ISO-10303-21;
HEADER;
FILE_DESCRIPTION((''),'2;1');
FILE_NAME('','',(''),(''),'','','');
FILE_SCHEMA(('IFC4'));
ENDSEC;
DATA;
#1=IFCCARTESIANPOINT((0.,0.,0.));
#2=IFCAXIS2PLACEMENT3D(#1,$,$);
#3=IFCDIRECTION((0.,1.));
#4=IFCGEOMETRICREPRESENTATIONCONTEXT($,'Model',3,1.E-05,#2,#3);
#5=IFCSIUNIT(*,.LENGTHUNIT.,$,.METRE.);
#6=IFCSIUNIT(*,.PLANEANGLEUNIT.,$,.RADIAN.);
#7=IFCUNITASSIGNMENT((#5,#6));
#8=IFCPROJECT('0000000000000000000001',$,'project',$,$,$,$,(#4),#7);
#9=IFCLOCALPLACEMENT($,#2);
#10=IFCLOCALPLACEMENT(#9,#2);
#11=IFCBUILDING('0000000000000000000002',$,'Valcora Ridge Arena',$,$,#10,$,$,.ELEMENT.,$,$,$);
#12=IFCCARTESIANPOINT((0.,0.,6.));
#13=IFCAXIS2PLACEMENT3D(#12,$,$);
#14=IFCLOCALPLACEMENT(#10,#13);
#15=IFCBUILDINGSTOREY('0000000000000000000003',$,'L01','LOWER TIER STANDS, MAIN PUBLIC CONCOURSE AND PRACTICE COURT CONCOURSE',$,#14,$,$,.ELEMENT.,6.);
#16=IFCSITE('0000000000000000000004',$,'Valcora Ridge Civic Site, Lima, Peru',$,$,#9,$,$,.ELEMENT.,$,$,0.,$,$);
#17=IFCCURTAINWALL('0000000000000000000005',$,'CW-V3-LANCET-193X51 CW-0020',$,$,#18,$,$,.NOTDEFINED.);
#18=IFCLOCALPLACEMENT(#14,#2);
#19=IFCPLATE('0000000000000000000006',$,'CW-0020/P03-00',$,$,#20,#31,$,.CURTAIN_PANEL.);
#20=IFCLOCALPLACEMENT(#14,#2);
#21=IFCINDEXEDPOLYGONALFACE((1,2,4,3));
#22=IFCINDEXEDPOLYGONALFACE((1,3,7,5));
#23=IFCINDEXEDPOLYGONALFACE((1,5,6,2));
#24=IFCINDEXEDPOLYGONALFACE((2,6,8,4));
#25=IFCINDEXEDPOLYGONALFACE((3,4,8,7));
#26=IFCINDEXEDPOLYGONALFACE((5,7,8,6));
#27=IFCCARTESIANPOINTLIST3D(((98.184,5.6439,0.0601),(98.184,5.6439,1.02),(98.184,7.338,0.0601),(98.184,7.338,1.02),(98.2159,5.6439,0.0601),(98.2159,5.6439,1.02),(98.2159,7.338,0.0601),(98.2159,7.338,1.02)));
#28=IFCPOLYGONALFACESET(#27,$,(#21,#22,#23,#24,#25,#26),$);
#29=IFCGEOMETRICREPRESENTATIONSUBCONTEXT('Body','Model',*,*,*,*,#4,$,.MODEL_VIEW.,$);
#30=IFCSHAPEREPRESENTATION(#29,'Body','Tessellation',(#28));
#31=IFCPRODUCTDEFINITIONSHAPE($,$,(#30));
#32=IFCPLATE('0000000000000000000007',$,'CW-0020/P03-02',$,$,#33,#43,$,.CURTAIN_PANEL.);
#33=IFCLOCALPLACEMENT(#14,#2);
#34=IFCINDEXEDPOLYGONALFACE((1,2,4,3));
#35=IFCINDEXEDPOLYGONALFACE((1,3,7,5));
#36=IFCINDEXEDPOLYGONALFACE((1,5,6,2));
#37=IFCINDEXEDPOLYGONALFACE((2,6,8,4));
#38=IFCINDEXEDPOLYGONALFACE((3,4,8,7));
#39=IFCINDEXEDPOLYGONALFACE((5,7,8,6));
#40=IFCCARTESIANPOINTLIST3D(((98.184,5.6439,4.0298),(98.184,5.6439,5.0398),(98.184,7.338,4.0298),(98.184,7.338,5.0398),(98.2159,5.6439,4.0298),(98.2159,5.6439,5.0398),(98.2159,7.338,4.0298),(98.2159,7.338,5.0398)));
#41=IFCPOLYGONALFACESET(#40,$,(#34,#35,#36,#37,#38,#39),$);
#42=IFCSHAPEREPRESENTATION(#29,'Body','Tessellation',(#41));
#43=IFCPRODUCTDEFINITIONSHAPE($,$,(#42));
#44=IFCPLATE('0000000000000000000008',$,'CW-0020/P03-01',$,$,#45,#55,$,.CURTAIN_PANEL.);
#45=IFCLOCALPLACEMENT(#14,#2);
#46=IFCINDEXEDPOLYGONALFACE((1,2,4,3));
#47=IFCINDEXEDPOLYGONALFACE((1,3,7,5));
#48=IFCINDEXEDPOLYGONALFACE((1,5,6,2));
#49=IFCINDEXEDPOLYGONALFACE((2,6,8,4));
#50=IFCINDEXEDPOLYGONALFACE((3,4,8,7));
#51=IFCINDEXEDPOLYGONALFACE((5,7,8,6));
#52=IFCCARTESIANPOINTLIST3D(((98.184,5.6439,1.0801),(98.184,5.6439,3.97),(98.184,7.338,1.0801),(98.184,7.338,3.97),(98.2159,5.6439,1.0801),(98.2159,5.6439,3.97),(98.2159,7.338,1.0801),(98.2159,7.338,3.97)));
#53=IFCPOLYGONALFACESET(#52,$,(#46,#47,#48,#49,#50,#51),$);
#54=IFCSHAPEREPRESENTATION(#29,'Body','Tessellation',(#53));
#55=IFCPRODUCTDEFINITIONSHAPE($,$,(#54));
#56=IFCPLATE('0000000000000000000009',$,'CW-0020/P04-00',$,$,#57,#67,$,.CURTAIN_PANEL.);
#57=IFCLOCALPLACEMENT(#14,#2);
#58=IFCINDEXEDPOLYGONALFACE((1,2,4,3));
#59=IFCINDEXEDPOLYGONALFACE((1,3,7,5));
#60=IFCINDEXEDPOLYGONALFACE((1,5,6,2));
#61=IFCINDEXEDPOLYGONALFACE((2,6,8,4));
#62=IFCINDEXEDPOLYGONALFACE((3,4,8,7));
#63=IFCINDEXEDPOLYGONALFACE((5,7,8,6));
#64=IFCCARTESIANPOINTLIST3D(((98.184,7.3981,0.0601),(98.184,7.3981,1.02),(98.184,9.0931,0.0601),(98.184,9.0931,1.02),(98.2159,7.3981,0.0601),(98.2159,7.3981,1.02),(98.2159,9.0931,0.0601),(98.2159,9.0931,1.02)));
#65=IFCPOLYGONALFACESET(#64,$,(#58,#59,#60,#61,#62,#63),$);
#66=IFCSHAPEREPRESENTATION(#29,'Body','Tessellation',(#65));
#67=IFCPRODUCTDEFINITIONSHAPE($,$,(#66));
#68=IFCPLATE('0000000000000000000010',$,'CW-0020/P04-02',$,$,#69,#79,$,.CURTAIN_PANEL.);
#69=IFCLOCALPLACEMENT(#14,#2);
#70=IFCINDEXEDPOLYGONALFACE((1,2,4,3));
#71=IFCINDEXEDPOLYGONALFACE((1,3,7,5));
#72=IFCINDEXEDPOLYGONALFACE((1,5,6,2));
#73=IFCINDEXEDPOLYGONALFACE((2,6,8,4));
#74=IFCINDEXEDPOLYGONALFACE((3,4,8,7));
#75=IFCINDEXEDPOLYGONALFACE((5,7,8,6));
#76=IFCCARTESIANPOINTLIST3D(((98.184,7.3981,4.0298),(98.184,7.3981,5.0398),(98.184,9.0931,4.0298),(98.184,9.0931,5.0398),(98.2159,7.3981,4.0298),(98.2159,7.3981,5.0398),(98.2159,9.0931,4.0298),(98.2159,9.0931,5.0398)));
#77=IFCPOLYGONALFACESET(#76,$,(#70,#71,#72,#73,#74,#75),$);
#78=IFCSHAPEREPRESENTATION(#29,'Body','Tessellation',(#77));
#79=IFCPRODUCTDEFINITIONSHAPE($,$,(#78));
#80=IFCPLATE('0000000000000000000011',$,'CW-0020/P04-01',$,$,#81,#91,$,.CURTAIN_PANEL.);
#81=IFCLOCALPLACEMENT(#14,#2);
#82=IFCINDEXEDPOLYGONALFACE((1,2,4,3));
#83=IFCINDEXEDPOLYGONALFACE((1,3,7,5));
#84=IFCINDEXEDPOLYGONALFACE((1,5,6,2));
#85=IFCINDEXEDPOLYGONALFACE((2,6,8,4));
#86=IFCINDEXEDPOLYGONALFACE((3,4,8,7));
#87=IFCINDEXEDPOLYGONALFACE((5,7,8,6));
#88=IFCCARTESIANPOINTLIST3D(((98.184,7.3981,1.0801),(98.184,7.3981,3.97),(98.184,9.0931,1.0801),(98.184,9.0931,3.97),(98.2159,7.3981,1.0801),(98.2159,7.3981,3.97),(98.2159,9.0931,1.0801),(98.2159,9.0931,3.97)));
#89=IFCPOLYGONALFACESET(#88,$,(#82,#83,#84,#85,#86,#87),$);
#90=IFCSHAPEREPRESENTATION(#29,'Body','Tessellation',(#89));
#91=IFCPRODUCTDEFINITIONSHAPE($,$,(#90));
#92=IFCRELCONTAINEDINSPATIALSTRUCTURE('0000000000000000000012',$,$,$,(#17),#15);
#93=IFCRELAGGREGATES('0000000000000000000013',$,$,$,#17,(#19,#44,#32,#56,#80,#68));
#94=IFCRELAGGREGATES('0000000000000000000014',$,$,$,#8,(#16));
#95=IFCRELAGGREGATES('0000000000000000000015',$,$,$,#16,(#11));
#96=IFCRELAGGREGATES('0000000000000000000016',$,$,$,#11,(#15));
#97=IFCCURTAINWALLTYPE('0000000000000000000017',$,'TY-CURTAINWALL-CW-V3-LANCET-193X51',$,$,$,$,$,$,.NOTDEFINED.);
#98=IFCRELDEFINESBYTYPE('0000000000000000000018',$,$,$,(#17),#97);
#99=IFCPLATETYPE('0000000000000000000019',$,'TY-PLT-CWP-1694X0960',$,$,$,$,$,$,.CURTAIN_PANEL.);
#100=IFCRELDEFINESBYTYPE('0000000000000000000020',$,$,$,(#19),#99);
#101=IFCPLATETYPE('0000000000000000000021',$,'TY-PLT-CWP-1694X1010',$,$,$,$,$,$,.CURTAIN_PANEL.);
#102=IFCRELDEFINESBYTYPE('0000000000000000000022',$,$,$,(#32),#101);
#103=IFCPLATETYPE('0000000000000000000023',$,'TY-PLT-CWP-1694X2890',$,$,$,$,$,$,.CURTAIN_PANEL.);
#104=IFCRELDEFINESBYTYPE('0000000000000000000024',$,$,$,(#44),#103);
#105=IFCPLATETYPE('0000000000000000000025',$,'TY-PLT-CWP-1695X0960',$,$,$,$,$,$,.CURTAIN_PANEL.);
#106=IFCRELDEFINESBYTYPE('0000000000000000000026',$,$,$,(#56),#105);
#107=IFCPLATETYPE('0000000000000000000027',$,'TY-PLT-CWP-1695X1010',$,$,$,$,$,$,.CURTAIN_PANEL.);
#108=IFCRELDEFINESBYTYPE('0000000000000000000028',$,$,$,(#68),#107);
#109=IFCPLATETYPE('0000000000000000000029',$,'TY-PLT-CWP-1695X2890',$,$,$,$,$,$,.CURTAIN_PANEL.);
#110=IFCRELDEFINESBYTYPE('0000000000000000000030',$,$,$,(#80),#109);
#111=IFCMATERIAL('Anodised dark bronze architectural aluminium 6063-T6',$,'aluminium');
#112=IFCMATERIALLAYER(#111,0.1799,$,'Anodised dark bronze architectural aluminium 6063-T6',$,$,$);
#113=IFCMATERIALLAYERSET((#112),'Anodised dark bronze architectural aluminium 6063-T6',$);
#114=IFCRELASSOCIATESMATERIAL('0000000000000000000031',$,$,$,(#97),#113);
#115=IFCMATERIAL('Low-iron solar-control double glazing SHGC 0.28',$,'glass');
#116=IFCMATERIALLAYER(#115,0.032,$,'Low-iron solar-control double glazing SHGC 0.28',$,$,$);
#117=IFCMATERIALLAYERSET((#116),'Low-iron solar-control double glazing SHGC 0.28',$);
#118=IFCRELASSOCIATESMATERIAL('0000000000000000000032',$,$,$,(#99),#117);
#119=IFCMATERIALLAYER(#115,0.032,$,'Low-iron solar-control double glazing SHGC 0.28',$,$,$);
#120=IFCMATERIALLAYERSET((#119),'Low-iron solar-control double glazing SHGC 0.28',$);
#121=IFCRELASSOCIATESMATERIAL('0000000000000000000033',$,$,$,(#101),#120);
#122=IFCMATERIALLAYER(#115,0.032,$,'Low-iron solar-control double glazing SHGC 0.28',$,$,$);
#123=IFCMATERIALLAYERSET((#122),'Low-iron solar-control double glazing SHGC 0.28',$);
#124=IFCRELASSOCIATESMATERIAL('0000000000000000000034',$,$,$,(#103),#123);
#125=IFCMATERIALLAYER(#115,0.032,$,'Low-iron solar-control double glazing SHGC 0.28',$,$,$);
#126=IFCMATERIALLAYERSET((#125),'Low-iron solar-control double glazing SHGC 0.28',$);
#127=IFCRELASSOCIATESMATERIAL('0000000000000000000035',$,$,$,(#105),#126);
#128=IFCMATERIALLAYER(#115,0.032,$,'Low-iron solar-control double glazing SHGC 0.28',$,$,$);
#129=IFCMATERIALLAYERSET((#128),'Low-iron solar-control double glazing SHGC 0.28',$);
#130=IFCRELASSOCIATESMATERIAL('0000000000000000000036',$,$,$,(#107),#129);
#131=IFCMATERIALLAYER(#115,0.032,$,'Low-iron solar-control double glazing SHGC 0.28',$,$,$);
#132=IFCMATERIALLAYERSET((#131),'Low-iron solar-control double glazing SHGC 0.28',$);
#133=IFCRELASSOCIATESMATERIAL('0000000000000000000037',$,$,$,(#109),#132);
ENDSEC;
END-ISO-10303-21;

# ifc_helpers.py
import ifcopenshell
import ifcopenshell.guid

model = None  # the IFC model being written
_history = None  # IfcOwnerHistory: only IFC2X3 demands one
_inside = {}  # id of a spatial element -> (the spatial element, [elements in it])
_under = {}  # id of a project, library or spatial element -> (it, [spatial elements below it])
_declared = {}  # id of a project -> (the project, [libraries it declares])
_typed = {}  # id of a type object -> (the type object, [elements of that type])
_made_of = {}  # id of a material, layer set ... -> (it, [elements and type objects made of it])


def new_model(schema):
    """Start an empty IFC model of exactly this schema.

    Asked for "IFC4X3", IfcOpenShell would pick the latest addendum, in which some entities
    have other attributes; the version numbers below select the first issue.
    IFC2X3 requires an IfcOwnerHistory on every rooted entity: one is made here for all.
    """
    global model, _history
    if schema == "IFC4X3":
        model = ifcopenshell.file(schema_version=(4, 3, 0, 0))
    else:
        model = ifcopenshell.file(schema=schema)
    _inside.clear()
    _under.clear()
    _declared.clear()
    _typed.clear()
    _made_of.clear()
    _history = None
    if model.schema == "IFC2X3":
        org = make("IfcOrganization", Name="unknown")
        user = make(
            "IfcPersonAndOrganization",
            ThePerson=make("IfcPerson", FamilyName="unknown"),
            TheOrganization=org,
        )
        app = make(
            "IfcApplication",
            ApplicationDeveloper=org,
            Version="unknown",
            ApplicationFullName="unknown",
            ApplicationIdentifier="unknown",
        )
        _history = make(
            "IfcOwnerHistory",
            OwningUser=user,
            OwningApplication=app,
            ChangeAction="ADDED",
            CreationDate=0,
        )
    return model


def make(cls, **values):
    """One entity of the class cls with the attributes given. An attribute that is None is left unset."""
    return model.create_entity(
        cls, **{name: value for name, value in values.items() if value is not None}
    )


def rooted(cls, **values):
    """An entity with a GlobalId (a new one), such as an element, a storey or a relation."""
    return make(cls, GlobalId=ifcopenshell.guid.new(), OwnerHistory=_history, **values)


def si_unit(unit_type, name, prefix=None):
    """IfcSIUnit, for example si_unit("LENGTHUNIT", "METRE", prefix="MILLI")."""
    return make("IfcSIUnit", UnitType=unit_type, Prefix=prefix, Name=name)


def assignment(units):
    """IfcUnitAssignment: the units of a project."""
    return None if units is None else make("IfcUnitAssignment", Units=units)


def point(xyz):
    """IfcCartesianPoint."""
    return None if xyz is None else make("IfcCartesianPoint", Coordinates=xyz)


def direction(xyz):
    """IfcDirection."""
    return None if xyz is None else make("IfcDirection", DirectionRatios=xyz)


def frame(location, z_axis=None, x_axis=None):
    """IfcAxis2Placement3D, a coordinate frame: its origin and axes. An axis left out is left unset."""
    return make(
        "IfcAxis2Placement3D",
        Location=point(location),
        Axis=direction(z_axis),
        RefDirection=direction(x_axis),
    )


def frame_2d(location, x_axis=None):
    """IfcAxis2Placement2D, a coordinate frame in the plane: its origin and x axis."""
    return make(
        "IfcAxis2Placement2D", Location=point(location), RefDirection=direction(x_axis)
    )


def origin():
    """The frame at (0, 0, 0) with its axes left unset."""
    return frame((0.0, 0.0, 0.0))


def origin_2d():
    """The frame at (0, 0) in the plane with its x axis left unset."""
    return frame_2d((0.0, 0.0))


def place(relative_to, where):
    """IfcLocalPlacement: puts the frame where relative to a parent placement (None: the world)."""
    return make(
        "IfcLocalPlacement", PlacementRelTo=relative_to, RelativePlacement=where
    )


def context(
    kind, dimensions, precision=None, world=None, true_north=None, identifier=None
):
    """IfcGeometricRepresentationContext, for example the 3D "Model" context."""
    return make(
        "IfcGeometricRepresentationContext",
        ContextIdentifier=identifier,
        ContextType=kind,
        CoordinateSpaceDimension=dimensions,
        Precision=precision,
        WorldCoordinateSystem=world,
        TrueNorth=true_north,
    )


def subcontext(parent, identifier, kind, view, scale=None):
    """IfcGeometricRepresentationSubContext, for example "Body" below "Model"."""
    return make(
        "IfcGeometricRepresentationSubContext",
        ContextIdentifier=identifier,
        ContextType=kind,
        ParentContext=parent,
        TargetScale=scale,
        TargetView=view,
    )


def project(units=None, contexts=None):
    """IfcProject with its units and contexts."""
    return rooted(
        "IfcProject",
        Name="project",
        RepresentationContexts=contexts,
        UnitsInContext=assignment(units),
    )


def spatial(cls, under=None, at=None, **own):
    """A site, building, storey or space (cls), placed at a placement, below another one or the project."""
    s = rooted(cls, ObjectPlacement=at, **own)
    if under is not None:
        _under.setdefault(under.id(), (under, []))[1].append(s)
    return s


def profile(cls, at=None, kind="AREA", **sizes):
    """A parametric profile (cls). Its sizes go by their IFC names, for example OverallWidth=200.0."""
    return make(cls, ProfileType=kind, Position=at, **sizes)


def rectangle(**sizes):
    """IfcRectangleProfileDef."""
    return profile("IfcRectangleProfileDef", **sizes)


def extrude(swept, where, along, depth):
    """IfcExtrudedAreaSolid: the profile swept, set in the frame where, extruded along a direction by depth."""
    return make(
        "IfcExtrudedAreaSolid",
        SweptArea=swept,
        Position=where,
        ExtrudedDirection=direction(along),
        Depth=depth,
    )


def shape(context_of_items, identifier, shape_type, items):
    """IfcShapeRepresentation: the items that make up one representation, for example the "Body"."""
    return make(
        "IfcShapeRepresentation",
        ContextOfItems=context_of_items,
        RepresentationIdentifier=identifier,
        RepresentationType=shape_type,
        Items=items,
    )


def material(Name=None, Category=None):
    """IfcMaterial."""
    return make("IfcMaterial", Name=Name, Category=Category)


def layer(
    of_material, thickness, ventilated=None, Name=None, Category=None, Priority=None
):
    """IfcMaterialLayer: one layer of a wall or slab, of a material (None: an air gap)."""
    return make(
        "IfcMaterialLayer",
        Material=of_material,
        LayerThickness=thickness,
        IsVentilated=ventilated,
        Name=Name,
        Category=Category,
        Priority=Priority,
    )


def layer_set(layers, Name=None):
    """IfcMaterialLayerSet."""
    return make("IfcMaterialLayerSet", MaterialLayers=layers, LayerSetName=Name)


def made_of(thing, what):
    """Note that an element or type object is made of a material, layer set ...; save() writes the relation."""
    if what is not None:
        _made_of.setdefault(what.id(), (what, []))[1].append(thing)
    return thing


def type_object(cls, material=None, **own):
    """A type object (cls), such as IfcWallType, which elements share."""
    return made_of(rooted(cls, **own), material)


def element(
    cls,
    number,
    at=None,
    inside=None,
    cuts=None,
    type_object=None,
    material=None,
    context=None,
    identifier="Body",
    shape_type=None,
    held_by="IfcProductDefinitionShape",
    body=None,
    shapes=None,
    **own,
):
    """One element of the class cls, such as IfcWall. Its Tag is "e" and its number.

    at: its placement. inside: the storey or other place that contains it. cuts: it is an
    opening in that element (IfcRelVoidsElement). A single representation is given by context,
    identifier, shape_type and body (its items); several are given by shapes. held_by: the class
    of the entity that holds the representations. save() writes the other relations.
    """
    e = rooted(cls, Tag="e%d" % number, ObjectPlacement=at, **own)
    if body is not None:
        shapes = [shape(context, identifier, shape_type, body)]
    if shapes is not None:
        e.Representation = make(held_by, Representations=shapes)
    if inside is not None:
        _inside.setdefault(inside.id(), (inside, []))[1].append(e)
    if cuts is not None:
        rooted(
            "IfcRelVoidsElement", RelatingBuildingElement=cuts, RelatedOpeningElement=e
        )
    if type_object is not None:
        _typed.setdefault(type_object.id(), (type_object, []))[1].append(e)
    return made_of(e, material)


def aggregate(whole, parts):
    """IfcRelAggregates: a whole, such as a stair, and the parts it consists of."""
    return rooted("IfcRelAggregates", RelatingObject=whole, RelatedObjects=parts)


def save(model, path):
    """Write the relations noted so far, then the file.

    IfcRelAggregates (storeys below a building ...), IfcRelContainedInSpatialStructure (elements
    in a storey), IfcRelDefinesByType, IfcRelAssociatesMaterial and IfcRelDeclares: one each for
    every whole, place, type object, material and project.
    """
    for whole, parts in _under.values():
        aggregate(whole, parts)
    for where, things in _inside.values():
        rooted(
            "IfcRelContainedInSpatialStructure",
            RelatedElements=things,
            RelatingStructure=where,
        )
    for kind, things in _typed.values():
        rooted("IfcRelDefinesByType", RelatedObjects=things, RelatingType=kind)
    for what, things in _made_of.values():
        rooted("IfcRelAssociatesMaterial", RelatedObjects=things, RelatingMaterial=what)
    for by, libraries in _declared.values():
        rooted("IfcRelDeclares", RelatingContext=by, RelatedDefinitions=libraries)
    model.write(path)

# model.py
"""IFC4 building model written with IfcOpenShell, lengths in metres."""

from ifc_helpers import new_model, si_unit, direction, frame, origin, origin_2d, place, context, subcontext, project, spatial, rectangle, extrude, material, layer, layer_set, type_object, element, aggregate, save


model = new_model("IFC4")

# Units and contexts
model_context = context("Model", 3, precision=1e-05, world=origin(), true_north=direction((0.0, 1.0)))
body_context = subcontext(model_context, "Body", "Model", "MODEL_VIEW")
ifc_project = project(units=[si_unit("LENGTHUNIT", "METRE"), si_unit("PLANEANGLEUNIT", "RADIAN")], contexts=[model_context])

# Site, building, storey
site_placement = place(None, origin())
site = spatial("IfcSite", under=ifc_project, at=site_placement, Name="Valcora Ridge Civic Site, Lima, Peru", CompositionType="ELEMENT", RefElevation=0.0)
building_placement = place(site_placement, origin())
building = spatial("IfcBuilding", under=site, at=building_placement, Name="Valcora Ridge Arena", CompositionType="ELEMENT")
storey_placement = place(building_placement, frame((0.0, 0.0, 6.0)))
storey = spatial("IfcBuildingStorey", under=building, at=storey_placement, Name="L01", Description="LOWER TIER STANDS, MAIN PUBLIC CONCOURSE AND PRACTICE COURT CONCOURSE", CompositionType="ELEMENT", Elevation=6.0)

# Curtain wall, plates
ifc_material_1 = material(Name="Anodised dark bronze architectural aluminium 6063-T6", Category="aluminium")
ifc_layer_1 = layer(ifc_material_1, 0.1799, Name="Anodised dark bronze architectural aluminium 6063-T6")
ifc_layer_set_1 = layer_set([ifc_layer_1], Name="Anodised dark bronze architectural aluminium 6063-T6")
curtain_wall_type = type_object("IfcCurtainWallType", Name="TY-CURTAINWALL-CW-V3-LANCET-193X51", PredefinedType="NOTDEFINED", material=ifc_layer_set_1)
curtain_wall_placement = place(storey_placement, origin())
curtain_wall = element("IfcCurtainWall", 1, at=curtain_wall_placement, inside=storey, type_object=curtain_wall_type, Name="CW-V3-LANCET-193X51 CW-0020", PredefinedType="NOTDEFINED")
ifc_material_2 = material(Name="Low-iron solar-control double glazing SHGC 0.28", Category="glass")
ifc_layer_2 = layer(ifc_material_2, 0.032, Name="Low-iron solar-control double glazing SHGC 0.28")
ifc_layer_set_2 = layer_set([ifc_layer_2], Name="Low-iron solar-control double glazing SHGC 0.28")
plate_type_1 = type_object("IfcPlateType", Name="TY-PLT-CWP-1694X0960", PredefinedType="CURTAIN_PANEL", material=ifc_layer_set_2)
plate_1_placement = place(storey_placement, frame((98.2, 6.491, 0.0601), z_axis=(0.0, 0.0, 1.0), x_axis=(0.0, 1.0, 0.0)))
plate_1 = element("IfcPlate", 2, at=plate_1_placement, type_object=plate_type_1, Name="CW-0020/P03-00", PredefinedType="CURTAIN_PANEL", context=body_context, shape_type="SweptSolid", body=[
    extrude(rectangle(XDim=1.6941, YDim=0.032, at=origin_2d()), origin(), (0.0, 0.0, 1.0), 0.96),
])
ifc_layer_3 = layer(ifc_material_2, 0.032, Name="Low-iron solar-control double glazing SHGC 0.28")
ifc_layer_set_3 = layer_set([ifc_layer_3], Name="Low-iron solar-control double glazing SHGC 0.28")
plate_type_2 = type_object("IfcPlateType", Name="TY-PLT-CWP-1694X1010", PredefinedType="CURTAIN_PANEL", material=ifc_layer_set_3)
plate_2_placement = place(storey_placement, frame((98.2, 6.491, 4.0298), z_axis=(0.0, 0.0, 1.0), x_axis=(0.0, 1.0, 0.0)))
plate_2 = element("IfcPlate", 3, at=plate_2_placement, type_object=plate_type_2, Name="CW-0020/P03-02", PredefinedType="CURTAIN_PANEL", context=body_context, shape_type="SweptSolid", body=[
    extrude(rectangle(XDim=1.6941, YDim=0.032, at=origin_2d()), origin(), (0.0, 0.0, 1.0), 1.01),
])
ifc_layer_4 = layer(ifc_material_2, 0.032, Name="Low-iron solar-control double glazing SHGC 0.28")
ifc_layer_set_4 = layer_set([ifc_layer_4], Name="Low-iron solar-control double glazing SHGC 0.28")
plate_type_3 = type_object("IfcPlateType", Name="TY-PLT-CWP-1694X2890", PredefinedType="CURTAIN_PANEL", material=ifc_layer_set_4)
plate_3_placement = place(storey_placement, frame((98.2, 6.491, 1.0801), z_axis=(0.0, 0.0, 1.0), x_axis=(0.0, 1.0, 0.0)))
plate_3 = element("IfcPlate", 4, at=plate_3_placement, type_object=plate_type_3, Name="CW-0020/P03-01", PredefinedType="CURTAIN_PANEL", context=body_context, shape_type="SweptSolid", body=[
    extrude(rectangle(XDim=1.6941, YDim=0.032, at=origin_2d()), origin(), (0.0, 0.0, 1.0), 2.8899),
])
ifc_layer_5 = layer(ifc_material_2, 0.032, Name="Low-iron solar-control double glazing SHGC 0.28")
ifc_layer_set_5 = layer_set([ifc_layer_5], Name="Low-iron solar-control double glazing SHGC 0.28")
plate_type_4 = type_object("IfcPlateType", Name="TY-PLT-CWP-1695X0960", PredefinedType="CURTAIN_PANEL", material=ifc_layer_set_5)
plate_4_placement = place(storey_placement, frame((98.2, 8.2456, 0.0601), z_axis=(0.0, 0.0, 1.0), x_axis=(0.0, 1.0, 0.0)))
plate_4 = element("IfcPlate", 5, at=plate_4_placement, type_object=plate_type_4, Name="CW-0020/P04-00", PredefinedType="CURTAIN_PANEL", context=body_context, shape_type="SweptSolid", body=[
    extrude(rectangle(XDim=1.6951, YDim=0.032, at=origin_2d()), origin(), (0.0, 0.0, 1.0), 0.96),
])
ifc_layer_6 = layer(ifc_material_2, 0.032, Name="Low-iron solar-control double glazing SHGC 0.28")
ifc_layer_set_6 = layer_set([ifc_layer_6], Name="Low-iron solar-control double glazing SHGC 0.28")
plate_type_5 = type_object("IfcPlateType", Name="TY-PLT-CWP-1695X1010", PredefinedType="CURTAIN_PANEL", material=ifc_layer_set_6)
plate_5_placement = place(storey_placement, frame((98.2, 8.2456, 4.0298), z_axis=(0.0, 0.0, 1.0), x_axis=(0.0, 1.0, 0.0)))
plate_5 = element("IfcPlate", 6, at=plate_5_placement, type_object=plate_type_5, Name="CW-0020/P04-02", PredefinedType="CURTAIN_PANEL", context=body_context, shape_type="SweptSolid", body=[
    extrude(rectangle(XDim=1.6951, YDim=0.032, at=origin_2d()), origin(), (0.0, 0.0, 1.0), 1.01),
])
ifc_layer_7 = layer(ifc_material_2, 0.032, Name="Low-iron solar-control double glazing SHGC 0.28")
ifc_layer_set_7 = layer_set([ifc_layer_7], Name="Low-iron solar-control double glazing SHGC 0.28")
plate_type_6 = type_object("IfcPlateType", Name="TY-PLT-CWP-1695X2890", PredefinedType="CURTAIN_PANEL", material=ifc_layer_set_7)
plate_6_placement = place(storey_placement, frame((98.2, 8.2456, 1.0801), z_axis=(0.0, 0.0, 1.0), x_axis=(0.0, 1.0, 0.0)))
plate_6 = element("IfcPlate", 7, at=plate_6_placement, type_object=plate_type_6, Name="CW-0020/P04-01", PredefinedType="CURTAIN_PANEL", context=body_context, shape_type="SweptSolid", body=[
    extrude(rectangle(XDim=1.6951, YDim=0.032, at=origin_2d()), origin(), (0.0, 0.0, 1.0), 2.8899),
])
aggregate(curtain_wall, [plate_1, plate_3, plate_2, plate_4, plate_6, plate_5])

save(model, "model.ifc")
